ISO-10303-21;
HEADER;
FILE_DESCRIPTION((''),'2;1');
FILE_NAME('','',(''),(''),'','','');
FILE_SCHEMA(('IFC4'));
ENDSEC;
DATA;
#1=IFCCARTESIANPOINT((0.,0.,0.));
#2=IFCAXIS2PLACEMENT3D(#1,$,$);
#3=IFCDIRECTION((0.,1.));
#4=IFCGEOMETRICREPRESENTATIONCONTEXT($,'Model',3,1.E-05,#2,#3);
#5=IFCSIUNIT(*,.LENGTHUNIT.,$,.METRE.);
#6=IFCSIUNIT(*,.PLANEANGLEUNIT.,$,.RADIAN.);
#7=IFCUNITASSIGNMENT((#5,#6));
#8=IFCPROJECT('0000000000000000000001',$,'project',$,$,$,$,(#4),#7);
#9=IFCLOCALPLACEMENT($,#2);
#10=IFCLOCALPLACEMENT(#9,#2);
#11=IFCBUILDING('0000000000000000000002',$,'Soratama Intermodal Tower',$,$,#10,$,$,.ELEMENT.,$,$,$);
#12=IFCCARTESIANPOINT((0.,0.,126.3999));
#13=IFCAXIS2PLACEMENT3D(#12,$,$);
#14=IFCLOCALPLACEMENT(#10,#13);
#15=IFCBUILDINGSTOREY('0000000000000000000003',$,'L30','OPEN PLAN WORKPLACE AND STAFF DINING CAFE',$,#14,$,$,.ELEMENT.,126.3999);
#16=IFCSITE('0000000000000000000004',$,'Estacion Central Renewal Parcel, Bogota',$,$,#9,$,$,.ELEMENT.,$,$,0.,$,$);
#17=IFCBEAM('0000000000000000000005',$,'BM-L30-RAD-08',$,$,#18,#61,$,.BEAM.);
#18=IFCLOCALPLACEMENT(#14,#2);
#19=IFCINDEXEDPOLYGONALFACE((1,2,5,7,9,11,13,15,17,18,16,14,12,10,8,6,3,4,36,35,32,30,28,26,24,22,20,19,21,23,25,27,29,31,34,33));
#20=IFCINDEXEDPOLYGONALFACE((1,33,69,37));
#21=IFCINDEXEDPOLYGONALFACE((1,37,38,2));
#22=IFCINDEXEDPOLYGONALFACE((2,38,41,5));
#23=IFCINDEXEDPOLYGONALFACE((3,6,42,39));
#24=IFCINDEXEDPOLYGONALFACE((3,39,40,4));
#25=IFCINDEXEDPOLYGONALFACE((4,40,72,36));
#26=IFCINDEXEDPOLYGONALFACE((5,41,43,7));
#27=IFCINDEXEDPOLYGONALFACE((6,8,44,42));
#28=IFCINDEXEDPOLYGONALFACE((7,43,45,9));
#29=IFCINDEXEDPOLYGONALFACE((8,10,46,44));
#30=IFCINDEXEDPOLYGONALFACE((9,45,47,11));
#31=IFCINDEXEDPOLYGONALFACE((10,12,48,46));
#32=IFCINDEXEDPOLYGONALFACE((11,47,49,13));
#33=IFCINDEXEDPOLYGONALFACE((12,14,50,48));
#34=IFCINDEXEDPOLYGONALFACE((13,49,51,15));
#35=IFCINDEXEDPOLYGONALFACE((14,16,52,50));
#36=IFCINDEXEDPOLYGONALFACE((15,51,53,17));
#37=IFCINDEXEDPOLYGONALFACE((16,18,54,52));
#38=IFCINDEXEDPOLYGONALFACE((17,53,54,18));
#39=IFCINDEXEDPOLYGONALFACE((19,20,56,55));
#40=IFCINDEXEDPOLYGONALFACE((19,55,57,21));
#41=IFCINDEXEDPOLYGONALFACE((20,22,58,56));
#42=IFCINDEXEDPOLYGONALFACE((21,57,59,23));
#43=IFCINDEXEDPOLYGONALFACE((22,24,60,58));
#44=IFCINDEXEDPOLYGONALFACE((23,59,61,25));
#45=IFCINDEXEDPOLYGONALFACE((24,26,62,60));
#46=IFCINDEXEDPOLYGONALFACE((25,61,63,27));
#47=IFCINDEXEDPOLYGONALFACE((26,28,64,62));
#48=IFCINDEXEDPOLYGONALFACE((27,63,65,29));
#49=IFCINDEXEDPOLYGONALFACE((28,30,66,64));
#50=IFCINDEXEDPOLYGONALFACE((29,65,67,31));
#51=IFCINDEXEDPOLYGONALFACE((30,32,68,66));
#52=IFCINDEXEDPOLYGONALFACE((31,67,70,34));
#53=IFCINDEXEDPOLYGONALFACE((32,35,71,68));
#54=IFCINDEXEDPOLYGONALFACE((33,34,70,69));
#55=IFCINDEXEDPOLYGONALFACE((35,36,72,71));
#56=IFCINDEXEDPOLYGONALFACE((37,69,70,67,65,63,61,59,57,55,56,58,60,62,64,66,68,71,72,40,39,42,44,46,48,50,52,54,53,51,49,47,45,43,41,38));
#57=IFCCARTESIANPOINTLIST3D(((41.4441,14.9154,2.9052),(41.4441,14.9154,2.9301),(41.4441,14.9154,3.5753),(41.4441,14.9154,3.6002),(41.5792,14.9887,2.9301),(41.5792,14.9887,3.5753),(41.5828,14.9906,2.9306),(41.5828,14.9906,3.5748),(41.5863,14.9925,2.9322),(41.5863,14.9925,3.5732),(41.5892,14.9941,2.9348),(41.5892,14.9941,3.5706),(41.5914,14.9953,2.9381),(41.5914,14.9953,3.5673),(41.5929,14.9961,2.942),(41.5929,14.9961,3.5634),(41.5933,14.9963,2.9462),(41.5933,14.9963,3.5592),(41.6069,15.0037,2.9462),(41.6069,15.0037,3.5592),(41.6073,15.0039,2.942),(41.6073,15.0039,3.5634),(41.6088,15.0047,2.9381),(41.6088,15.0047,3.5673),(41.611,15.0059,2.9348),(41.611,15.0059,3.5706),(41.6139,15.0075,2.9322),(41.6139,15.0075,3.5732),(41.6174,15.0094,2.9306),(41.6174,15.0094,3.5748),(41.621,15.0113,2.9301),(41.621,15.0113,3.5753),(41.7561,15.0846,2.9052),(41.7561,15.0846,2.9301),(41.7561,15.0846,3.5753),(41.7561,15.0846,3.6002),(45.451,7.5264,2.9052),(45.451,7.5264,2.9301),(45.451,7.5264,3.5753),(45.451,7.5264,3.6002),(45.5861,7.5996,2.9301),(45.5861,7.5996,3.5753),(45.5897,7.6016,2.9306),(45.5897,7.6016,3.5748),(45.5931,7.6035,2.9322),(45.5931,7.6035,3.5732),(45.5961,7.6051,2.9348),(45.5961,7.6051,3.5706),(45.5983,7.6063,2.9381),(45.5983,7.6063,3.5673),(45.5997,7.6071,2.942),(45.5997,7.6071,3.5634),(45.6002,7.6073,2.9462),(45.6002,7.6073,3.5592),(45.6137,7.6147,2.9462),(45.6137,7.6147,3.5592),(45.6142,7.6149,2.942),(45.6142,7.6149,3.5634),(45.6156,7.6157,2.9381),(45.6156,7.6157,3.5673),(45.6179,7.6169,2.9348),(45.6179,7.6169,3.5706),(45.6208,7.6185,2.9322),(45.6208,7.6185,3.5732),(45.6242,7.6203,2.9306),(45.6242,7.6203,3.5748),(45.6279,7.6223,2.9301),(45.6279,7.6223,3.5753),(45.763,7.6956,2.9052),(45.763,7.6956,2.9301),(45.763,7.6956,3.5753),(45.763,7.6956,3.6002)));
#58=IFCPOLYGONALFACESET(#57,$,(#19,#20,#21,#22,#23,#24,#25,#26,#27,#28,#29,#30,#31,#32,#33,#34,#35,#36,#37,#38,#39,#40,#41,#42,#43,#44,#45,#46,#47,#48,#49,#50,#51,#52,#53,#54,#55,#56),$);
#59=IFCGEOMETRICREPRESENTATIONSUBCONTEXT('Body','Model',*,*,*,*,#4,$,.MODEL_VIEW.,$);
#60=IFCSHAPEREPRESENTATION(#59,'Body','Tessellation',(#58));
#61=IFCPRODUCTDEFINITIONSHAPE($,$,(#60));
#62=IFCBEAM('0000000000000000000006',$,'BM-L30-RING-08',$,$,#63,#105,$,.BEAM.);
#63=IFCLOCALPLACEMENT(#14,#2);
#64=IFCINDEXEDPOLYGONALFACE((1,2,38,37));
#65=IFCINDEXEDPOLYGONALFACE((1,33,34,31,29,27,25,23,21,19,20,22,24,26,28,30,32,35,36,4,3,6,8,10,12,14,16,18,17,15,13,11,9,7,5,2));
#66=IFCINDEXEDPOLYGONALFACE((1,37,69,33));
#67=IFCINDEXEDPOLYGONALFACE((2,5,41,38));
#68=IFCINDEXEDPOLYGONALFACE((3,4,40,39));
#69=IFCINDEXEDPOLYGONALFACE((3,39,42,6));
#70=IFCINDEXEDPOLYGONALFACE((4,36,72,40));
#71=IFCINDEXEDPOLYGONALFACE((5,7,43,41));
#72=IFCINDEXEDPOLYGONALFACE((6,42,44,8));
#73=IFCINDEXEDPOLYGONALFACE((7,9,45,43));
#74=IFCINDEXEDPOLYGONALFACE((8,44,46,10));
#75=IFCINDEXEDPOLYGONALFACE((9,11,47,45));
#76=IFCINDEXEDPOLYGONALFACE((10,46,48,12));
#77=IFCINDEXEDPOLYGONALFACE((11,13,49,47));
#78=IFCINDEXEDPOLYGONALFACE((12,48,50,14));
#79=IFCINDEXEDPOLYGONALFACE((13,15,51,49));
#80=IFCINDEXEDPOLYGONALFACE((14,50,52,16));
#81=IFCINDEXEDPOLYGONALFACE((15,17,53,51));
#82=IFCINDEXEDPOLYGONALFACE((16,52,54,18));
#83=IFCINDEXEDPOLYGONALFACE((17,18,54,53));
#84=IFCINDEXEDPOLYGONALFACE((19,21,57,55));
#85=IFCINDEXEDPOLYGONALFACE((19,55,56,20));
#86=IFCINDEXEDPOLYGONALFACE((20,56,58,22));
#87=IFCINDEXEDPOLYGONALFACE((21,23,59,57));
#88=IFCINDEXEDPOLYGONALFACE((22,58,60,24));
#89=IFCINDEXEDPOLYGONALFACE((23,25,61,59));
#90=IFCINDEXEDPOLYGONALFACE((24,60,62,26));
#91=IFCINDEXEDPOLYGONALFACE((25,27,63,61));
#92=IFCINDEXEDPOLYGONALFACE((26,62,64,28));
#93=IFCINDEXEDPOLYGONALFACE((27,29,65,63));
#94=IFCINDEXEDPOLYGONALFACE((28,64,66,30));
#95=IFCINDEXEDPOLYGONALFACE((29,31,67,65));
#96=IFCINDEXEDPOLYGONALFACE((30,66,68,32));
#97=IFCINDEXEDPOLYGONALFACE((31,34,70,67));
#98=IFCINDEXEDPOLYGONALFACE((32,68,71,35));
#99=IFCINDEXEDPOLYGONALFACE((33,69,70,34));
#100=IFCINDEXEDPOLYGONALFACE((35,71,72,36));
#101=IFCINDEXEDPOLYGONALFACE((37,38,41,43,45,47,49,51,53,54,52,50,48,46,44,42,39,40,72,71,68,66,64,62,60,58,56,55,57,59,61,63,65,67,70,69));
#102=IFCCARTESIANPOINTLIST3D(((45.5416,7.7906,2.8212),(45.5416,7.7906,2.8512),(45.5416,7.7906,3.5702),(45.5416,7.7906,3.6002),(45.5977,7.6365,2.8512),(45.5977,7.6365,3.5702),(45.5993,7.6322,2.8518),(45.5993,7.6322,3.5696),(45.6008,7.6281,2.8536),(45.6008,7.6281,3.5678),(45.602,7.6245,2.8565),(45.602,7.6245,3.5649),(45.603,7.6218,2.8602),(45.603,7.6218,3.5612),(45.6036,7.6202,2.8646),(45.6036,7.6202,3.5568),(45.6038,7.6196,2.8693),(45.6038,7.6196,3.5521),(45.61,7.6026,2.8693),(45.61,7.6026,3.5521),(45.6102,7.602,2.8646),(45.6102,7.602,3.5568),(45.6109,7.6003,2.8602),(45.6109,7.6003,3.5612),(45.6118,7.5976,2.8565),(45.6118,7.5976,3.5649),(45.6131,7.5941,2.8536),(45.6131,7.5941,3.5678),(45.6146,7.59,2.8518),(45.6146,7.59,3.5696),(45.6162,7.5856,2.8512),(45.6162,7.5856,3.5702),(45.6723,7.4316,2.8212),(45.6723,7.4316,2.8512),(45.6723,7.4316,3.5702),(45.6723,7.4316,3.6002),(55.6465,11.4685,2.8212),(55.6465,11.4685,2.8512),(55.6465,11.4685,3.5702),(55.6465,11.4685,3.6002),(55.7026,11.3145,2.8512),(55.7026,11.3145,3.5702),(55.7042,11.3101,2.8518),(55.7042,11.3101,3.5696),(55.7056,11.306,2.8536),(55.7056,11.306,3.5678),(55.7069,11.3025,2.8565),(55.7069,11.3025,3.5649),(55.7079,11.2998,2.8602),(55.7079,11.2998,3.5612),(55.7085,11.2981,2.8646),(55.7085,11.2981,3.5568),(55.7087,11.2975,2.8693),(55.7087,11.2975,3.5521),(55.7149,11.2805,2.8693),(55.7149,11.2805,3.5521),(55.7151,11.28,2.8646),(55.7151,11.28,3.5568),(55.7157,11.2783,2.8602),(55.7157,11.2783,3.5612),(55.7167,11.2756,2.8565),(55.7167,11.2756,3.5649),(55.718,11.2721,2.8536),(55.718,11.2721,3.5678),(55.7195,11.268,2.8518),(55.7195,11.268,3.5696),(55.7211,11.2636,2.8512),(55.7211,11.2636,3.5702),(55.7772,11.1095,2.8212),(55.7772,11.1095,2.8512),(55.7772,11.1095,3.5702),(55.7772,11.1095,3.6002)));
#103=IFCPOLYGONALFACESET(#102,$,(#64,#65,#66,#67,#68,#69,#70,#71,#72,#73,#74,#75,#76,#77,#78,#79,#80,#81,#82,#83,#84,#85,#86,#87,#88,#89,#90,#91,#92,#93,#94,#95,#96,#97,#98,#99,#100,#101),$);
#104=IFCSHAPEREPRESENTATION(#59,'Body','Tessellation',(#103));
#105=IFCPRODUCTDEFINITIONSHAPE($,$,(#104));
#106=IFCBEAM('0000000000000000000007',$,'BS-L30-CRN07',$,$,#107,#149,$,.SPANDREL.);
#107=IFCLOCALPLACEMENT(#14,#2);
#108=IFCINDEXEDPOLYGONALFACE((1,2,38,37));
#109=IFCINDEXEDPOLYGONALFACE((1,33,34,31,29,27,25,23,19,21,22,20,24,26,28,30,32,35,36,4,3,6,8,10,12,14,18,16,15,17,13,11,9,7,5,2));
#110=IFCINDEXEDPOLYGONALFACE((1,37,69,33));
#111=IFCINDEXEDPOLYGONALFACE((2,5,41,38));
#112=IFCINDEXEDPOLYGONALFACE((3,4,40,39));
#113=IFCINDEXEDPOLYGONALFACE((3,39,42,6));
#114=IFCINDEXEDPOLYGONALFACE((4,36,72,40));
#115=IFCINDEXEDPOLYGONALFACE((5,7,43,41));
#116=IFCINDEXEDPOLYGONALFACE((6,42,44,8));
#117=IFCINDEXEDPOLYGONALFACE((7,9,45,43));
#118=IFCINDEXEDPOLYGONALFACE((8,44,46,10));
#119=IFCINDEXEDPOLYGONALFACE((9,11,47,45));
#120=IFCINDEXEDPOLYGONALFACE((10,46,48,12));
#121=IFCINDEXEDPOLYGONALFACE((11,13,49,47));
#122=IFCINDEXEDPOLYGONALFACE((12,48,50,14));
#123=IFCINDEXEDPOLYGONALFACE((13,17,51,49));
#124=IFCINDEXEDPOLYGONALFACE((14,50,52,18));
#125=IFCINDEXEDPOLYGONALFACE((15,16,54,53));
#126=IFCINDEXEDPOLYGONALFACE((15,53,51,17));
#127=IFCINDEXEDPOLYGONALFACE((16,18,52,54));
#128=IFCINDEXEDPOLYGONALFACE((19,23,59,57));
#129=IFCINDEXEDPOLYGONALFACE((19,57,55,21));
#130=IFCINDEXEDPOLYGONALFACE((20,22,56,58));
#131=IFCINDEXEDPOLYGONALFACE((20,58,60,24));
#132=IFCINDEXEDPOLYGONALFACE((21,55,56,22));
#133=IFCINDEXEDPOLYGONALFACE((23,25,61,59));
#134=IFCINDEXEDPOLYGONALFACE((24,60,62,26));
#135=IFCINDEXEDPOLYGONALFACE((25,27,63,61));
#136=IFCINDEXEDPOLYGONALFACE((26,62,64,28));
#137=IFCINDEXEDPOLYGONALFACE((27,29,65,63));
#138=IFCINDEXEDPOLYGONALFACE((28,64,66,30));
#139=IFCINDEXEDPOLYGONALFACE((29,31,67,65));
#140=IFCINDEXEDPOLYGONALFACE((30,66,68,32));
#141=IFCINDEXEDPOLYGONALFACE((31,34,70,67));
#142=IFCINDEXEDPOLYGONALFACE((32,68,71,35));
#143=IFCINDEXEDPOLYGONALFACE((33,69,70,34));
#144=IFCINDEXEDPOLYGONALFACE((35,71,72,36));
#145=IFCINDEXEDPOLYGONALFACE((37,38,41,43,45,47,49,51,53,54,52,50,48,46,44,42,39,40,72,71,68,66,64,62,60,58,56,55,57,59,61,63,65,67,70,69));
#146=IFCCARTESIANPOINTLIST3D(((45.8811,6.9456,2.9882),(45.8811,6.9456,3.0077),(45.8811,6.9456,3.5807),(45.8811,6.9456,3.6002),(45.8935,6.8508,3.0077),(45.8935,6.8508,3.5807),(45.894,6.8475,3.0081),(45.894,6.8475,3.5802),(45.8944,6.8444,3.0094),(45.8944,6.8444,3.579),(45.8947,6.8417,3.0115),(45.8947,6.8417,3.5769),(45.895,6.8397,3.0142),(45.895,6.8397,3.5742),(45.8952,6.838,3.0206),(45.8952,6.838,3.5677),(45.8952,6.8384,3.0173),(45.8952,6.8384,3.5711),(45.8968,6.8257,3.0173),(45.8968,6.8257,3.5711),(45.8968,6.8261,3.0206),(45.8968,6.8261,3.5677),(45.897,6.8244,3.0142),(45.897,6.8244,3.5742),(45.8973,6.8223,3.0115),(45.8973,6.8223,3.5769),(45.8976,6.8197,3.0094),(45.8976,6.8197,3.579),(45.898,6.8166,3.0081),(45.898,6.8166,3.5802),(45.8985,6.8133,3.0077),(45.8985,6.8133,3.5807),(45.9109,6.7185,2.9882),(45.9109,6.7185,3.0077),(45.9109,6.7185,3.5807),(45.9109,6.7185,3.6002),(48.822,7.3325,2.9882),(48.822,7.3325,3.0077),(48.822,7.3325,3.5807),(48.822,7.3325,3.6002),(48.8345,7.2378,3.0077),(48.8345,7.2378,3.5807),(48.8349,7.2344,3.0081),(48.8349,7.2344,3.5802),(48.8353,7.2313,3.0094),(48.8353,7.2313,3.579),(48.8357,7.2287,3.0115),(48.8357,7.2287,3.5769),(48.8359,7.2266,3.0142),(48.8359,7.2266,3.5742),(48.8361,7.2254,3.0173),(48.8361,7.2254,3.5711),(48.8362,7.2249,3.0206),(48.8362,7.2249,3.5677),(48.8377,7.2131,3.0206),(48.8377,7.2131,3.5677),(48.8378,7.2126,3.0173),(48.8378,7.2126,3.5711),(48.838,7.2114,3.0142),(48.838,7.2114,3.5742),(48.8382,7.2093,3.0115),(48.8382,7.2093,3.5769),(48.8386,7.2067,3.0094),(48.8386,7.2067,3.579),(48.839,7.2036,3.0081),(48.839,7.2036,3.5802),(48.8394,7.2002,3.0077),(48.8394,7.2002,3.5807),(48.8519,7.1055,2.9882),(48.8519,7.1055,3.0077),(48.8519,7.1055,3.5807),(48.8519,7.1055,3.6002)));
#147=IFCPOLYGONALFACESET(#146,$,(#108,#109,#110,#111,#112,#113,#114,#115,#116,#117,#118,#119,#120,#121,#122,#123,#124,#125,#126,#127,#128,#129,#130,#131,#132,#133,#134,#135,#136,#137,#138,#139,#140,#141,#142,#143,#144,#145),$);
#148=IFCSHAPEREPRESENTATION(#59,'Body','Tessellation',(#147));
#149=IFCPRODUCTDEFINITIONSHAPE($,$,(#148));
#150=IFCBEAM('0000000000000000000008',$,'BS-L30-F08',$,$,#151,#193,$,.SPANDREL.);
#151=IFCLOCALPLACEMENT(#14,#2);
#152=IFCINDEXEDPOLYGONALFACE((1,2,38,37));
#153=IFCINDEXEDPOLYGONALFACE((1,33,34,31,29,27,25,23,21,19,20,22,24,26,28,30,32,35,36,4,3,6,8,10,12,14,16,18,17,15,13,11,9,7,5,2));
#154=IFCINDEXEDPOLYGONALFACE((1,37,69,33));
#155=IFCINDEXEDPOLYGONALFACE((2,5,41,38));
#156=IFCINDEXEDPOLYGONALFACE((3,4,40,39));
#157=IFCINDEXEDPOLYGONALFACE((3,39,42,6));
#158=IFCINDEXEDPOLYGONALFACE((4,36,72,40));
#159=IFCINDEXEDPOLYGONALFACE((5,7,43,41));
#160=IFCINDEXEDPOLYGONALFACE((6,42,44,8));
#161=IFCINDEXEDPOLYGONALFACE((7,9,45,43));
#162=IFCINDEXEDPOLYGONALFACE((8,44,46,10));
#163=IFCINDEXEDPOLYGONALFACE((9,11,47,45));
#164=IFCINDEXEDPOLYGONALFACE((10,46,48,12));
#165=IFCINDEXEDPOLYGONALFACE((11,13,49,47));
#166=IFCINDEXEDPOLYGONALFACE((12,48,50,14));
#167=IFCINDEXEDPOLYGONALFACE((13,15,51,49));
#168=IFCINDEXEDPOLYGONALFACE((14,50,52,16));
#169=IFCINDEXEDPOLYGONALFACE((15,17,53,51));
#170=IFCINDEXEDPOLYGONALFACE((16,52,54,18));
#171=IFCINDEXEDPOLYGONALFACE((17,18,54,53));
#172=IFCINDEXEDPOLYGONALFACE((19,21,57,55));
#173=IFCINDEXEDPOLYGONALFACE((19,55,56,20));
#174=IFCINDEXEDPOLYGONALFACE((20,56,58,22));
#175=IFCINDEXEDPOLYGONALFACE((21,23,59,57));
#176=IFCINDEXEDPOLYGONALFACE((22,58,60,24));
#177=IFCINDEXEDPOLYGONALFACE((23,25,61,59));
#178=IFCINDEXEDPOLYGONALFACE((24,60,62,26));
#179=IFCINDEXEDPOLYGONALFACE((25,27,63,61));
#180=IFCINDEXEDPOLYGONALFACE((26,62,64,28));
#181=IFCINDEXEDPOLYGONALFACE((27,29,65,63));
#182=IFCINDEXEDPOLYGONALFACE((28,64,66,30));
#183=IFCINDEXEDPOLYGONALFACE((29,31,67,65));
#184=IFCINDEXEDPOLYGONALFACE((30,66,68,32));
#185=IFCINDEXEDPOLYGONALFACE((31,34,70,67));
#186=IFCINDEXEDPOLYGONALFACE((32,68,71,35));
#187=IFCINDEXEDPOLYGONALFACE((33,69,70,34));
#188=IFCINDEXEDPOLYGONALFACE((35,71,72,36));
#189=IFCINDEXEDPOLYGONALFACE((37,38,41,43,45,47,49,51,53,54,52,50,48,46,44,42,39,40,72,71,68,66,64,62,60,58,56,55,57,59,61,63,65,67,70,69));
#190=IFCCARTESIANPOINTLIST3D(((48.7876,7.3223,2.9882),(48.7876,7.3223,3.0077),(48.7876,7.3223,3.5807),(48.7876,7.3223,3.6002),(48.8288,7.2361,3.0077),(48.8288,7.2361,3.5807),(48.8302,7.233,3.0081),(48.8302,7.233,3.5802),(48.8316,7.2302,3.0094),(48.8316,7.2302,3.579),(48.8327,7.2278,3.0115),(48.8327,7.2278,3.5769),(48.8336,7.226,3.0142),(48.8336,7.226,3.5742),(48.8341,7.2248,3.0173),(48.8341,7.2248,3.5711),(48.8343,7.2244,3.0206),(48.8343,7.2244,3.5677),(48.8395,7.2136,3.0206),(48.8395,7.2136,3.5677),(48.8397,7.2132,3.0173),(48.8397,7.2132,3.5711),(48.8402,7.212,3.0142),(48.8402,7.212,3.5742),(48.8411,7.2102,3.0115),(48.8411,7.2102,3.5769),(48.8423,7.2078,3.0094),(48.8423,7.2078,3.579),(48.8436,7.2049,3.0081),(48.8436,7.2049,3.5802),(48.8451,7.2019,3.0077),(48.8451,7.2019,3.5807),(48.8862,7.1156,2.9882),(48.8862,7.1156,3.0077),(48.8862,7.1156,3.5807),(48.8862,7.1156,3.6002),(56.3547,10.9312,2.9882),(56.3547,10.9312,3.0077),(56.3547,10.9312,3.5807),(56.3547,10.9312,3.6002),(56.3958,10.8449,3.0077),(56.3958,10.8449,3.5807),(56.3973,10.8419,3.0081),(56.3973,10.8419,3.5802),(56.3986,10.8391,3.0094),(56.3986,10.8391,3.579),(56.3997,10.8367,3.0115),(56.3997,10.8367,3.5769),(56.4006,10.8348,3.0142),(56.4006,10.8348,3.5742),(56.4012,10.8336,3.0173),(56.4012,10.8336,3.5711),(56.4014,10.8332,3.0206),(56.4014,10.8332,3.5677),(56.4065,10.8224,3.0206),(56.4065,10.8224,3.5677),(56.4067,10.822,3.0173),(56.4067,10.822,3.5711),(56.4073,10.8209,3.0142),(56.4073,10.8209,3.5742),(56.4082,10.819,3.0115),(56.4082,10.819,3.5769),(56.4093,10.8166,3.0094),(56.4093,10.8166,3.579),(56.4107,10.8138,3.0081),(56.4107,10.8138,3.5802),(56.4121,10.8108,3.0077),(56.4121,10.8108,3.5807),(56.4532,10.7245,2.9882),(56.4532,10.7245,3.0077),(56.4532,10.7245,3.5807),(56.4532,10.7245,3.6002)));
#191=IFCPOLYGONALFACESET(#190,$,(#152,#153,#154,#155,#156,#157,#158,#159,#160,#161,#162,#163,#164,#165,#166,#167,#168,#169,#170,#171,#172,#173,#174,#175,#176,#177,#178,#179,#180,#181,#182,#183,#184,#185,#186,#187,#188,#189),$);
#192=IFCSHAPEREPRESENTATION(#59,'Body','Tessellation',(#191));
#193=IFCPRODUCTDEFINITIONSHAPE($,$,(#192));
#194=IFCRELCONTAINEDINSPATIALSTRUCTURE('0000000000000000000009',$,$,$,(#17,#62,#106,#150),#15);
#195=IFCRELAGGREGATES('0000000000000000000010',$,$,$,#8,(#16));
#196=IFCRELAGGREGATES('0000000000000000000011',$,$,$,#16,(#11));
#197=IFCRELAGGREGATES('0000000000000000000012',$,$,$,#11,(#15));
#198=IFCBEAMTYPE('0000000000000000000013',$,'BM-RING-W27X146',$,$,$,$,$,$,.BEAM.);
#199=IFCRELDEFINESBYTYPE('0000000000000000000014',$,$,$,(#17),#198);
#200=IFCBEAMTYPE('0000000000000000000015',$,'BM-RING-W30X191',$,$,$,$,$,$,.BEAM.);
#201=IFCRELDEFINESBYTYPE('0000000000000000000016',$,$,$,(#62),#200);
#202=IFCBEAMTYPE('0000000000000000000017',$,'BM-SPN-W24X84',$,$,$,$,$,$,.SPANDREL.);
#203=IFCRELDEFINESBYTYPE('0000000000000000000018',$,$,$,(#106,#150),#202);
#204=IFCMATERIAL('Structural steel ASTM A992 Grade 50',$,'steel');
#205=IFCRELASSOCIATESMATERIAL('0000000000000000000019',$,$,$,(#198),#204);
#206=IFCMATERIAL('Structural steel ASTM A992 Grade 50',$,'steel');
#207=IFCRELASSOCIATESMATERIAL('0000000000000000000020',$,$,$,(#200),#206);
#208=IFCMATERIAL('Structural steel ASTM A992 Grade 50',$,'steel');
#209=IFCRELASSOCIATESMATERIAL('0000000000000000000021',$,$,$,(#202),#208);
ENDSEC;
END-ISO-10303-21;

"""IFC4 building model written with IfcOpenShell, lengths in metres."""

from ifc_helpers import new_model, si_unit, direction, frame, origin, origin_2d, place, context, subcontext, project, spatial, i_section, extrude, material, material_profile, profile_set, type_object, element, save


model = new_model("IFC4")

# Units and contexts
model_context = context("Model", 3, precision=1e-05, world=origin(), true_north=direction((0.0, 1.0)))
body_context = subcontext(model_context, "Body", "Model", "MODEL_VIEW")
ifc_project = project(units=[si_unit("LENGTHUNIT", "METRE"), si_unit("PLANEANGLEUNIT", "RADIAN")], contexts=[model_context])

# Site, building, storey
site_placement = place(None, origin())
site = spatial("IfcSite", under=ifc_project, at=site_placement, Name="Estacion Central Renewal Parcel, Bogota", CompositionType="ELEMENT", RefElevation=0.0)
building_placement = place(site_placement, origin())
building = spatial("IfcBuilding", under=site, at=building_placement, Name="Soratama Intermodal Tower", CompositionType="ELEMENT")
storey_placement = place(building_placement, frame((0.0, 0.0, 126.3999)))
storey = spatial("IfcBuildingStorey", under=building, at=storey_placement, Name="L30", Description="OPEN PLAN WORKPLACE AND STAFF DINING CAFE", CompositionType="ELEMENT", Elevation=126.3999)

# Beams
ifc_material_1 = material(Name="Structural steel ASTM A992 Grade 50", Category="steel")
ifc_material_profile_1 = material_profile(ifc_material_1, i_section(OverallWidth=0.355, OverallDepth=0.6951, WebThickness=0.0154, FlangeThickness=0.0249, FilletRadius=0.0161, at=origin_2d()), Name="W27X146")
ifc_profile_set_1 = profile_set([ifc_material_profile_1], Name="Structural steel ASTM A992 Grade 50")
beam_type_1 = type_object("IfcBeamType", Name="BM-RING-W27X146", PredefinedType="BEAM", material=ifc_profile_set_1)
beam_1_placement = place(storey_placement, frame((41.6001, 15.0, 3.2527), z_axis=(0.476698, -0.879067, 0.0), x_axis=(0.879067, 0.476698, 0.0)))
element("IfcBeam", 1, at=beam_1_placement, inside=storey, type_object=beam_type_1, Name="BM-L30-RAD-08", PredefinedType="BEAM", context=body_context, shape_type="SweptSolid", body=[
    extrude(i_section(OverallWidth=0.355, OverallDepth=0.6951, WebThickness=0.0154, FlangeThickness=0.0249, FilletRadius=0.0161, at=origin_2d()), origin(), (0.0, 0.0, 1.0), 8.4055),
])
ifc_material_2 = material(Name="Structural steel ASTM A992 Grade 50", Category="steel")
ifc_material_profile_2 = material_profile(ifc_material_2, i_section(OverallWidth=0.3821, OverallDepth=0.7791, WebThickness=0.0181, FlangeThickness=0.03, FilletRadius=0.0181, at=origin_2d()), Name="W30X191")
ifc_profile_set_2 = profile_set([ifc_material_profile_2], Name="Structural steel ASTM A992 Grade 50")
beam_type_2 = type_object("IfcBeamType", Name="BM-RING-W30X191", PredefinedType="BEAM", material=ifc_profile_set_2)
beam_2_placement = place(storey_placement, frame((45.6069, 7.6111, 3.2107), z_axis=(0.939691, 0.342026, 0.0), x_axis=(-0.342026, 0.939691, 0.0)))
element("IfcBeam", 2, at=beam_2_placement, inside=storey, type_object=beam_type_2, Name="BM-L30-RING-08", PredefinedType="BEAM", context=body_context, shape_type="SweptSolid", body=[
    extrude(i_section(OverallWidth=0.3821, OverallDepth=0.7791, WebThickness=0.0181, FlangeThickness=0.03, FilletRadius=0.0181, at=origin_2d()), origin(), (0.0, 0.0, 1.0), 10.7534),
])
ifc_material_3 = material(Name="Structural steel ASTM A992 Grade 50", Category="steel")
ifc_material_profile_3 = material_profile(ifc_material_3, i_section(OverallWidth=0.229, OverallDepth=0.6121, WebThickness=0.012, FlangeThickness=0.0195, FilletRadius=0.0129, at=origin_2d()), Name="W24X84")
ifc_profile_set_3 = profile_set([ifc_material_profile_3], Name="Structural steel ASTM A992 Grade 50")
beam_type_3 = type_object("IfcBeamType", Name="BM-SPN-W24X84", PredefinedType="SPANDREL", material=ifc_profile_set_3)
beam_3_placement = place(storey_placement, frame((45.896, 6.832, 3.2942), z_axis=(0.991454, 0.130455, 0.0), x_axis=(-0.130455, 0.991454, 0.0)))
element("IfcBeam", 3, at=beam_3_placement, inside=storey, type_object=beam_type_3, Name="BS-L30-CRN07", PredefinedType="SPANDREL", context=body_context, shape_type="SweptSolid", body=[
    extrude(i_section(OverallWidth=0.229, OverallDepth=0.6121, WebThickness=0.012, FlangeThickness=0.0195, FilletRadius=0.0129, at=origin_2d()), origin(), (0.0, 0.0, 1.0), 2.9663),
])
beam_4_placement = place(storey_placement, frame((48.8369, 7.219, 3.2942), z_axis=(0.902606, 0.430467, 0.0), x_axis=(-0.430467, 0.902606, 0.0)))
element("IfcBeam", 4, at=beam_4_placement, inside=storey, type_object=beam_type_3, Name="BS-L30-F08", PredefinedType="SPANDREL", context=body_context, shape_type="SweptSolid", body=[
    extrude(i_section(OverallWidth=0.229, OverallDepth=0.6121, WebThickness=0.012, FlangeThickness=0.0195, FilletRadius=0.0129, at=origin_2d()), origin(), (0.0, 0.0, 1.0), 8.3835),
])

save(model, "model.ifc")
